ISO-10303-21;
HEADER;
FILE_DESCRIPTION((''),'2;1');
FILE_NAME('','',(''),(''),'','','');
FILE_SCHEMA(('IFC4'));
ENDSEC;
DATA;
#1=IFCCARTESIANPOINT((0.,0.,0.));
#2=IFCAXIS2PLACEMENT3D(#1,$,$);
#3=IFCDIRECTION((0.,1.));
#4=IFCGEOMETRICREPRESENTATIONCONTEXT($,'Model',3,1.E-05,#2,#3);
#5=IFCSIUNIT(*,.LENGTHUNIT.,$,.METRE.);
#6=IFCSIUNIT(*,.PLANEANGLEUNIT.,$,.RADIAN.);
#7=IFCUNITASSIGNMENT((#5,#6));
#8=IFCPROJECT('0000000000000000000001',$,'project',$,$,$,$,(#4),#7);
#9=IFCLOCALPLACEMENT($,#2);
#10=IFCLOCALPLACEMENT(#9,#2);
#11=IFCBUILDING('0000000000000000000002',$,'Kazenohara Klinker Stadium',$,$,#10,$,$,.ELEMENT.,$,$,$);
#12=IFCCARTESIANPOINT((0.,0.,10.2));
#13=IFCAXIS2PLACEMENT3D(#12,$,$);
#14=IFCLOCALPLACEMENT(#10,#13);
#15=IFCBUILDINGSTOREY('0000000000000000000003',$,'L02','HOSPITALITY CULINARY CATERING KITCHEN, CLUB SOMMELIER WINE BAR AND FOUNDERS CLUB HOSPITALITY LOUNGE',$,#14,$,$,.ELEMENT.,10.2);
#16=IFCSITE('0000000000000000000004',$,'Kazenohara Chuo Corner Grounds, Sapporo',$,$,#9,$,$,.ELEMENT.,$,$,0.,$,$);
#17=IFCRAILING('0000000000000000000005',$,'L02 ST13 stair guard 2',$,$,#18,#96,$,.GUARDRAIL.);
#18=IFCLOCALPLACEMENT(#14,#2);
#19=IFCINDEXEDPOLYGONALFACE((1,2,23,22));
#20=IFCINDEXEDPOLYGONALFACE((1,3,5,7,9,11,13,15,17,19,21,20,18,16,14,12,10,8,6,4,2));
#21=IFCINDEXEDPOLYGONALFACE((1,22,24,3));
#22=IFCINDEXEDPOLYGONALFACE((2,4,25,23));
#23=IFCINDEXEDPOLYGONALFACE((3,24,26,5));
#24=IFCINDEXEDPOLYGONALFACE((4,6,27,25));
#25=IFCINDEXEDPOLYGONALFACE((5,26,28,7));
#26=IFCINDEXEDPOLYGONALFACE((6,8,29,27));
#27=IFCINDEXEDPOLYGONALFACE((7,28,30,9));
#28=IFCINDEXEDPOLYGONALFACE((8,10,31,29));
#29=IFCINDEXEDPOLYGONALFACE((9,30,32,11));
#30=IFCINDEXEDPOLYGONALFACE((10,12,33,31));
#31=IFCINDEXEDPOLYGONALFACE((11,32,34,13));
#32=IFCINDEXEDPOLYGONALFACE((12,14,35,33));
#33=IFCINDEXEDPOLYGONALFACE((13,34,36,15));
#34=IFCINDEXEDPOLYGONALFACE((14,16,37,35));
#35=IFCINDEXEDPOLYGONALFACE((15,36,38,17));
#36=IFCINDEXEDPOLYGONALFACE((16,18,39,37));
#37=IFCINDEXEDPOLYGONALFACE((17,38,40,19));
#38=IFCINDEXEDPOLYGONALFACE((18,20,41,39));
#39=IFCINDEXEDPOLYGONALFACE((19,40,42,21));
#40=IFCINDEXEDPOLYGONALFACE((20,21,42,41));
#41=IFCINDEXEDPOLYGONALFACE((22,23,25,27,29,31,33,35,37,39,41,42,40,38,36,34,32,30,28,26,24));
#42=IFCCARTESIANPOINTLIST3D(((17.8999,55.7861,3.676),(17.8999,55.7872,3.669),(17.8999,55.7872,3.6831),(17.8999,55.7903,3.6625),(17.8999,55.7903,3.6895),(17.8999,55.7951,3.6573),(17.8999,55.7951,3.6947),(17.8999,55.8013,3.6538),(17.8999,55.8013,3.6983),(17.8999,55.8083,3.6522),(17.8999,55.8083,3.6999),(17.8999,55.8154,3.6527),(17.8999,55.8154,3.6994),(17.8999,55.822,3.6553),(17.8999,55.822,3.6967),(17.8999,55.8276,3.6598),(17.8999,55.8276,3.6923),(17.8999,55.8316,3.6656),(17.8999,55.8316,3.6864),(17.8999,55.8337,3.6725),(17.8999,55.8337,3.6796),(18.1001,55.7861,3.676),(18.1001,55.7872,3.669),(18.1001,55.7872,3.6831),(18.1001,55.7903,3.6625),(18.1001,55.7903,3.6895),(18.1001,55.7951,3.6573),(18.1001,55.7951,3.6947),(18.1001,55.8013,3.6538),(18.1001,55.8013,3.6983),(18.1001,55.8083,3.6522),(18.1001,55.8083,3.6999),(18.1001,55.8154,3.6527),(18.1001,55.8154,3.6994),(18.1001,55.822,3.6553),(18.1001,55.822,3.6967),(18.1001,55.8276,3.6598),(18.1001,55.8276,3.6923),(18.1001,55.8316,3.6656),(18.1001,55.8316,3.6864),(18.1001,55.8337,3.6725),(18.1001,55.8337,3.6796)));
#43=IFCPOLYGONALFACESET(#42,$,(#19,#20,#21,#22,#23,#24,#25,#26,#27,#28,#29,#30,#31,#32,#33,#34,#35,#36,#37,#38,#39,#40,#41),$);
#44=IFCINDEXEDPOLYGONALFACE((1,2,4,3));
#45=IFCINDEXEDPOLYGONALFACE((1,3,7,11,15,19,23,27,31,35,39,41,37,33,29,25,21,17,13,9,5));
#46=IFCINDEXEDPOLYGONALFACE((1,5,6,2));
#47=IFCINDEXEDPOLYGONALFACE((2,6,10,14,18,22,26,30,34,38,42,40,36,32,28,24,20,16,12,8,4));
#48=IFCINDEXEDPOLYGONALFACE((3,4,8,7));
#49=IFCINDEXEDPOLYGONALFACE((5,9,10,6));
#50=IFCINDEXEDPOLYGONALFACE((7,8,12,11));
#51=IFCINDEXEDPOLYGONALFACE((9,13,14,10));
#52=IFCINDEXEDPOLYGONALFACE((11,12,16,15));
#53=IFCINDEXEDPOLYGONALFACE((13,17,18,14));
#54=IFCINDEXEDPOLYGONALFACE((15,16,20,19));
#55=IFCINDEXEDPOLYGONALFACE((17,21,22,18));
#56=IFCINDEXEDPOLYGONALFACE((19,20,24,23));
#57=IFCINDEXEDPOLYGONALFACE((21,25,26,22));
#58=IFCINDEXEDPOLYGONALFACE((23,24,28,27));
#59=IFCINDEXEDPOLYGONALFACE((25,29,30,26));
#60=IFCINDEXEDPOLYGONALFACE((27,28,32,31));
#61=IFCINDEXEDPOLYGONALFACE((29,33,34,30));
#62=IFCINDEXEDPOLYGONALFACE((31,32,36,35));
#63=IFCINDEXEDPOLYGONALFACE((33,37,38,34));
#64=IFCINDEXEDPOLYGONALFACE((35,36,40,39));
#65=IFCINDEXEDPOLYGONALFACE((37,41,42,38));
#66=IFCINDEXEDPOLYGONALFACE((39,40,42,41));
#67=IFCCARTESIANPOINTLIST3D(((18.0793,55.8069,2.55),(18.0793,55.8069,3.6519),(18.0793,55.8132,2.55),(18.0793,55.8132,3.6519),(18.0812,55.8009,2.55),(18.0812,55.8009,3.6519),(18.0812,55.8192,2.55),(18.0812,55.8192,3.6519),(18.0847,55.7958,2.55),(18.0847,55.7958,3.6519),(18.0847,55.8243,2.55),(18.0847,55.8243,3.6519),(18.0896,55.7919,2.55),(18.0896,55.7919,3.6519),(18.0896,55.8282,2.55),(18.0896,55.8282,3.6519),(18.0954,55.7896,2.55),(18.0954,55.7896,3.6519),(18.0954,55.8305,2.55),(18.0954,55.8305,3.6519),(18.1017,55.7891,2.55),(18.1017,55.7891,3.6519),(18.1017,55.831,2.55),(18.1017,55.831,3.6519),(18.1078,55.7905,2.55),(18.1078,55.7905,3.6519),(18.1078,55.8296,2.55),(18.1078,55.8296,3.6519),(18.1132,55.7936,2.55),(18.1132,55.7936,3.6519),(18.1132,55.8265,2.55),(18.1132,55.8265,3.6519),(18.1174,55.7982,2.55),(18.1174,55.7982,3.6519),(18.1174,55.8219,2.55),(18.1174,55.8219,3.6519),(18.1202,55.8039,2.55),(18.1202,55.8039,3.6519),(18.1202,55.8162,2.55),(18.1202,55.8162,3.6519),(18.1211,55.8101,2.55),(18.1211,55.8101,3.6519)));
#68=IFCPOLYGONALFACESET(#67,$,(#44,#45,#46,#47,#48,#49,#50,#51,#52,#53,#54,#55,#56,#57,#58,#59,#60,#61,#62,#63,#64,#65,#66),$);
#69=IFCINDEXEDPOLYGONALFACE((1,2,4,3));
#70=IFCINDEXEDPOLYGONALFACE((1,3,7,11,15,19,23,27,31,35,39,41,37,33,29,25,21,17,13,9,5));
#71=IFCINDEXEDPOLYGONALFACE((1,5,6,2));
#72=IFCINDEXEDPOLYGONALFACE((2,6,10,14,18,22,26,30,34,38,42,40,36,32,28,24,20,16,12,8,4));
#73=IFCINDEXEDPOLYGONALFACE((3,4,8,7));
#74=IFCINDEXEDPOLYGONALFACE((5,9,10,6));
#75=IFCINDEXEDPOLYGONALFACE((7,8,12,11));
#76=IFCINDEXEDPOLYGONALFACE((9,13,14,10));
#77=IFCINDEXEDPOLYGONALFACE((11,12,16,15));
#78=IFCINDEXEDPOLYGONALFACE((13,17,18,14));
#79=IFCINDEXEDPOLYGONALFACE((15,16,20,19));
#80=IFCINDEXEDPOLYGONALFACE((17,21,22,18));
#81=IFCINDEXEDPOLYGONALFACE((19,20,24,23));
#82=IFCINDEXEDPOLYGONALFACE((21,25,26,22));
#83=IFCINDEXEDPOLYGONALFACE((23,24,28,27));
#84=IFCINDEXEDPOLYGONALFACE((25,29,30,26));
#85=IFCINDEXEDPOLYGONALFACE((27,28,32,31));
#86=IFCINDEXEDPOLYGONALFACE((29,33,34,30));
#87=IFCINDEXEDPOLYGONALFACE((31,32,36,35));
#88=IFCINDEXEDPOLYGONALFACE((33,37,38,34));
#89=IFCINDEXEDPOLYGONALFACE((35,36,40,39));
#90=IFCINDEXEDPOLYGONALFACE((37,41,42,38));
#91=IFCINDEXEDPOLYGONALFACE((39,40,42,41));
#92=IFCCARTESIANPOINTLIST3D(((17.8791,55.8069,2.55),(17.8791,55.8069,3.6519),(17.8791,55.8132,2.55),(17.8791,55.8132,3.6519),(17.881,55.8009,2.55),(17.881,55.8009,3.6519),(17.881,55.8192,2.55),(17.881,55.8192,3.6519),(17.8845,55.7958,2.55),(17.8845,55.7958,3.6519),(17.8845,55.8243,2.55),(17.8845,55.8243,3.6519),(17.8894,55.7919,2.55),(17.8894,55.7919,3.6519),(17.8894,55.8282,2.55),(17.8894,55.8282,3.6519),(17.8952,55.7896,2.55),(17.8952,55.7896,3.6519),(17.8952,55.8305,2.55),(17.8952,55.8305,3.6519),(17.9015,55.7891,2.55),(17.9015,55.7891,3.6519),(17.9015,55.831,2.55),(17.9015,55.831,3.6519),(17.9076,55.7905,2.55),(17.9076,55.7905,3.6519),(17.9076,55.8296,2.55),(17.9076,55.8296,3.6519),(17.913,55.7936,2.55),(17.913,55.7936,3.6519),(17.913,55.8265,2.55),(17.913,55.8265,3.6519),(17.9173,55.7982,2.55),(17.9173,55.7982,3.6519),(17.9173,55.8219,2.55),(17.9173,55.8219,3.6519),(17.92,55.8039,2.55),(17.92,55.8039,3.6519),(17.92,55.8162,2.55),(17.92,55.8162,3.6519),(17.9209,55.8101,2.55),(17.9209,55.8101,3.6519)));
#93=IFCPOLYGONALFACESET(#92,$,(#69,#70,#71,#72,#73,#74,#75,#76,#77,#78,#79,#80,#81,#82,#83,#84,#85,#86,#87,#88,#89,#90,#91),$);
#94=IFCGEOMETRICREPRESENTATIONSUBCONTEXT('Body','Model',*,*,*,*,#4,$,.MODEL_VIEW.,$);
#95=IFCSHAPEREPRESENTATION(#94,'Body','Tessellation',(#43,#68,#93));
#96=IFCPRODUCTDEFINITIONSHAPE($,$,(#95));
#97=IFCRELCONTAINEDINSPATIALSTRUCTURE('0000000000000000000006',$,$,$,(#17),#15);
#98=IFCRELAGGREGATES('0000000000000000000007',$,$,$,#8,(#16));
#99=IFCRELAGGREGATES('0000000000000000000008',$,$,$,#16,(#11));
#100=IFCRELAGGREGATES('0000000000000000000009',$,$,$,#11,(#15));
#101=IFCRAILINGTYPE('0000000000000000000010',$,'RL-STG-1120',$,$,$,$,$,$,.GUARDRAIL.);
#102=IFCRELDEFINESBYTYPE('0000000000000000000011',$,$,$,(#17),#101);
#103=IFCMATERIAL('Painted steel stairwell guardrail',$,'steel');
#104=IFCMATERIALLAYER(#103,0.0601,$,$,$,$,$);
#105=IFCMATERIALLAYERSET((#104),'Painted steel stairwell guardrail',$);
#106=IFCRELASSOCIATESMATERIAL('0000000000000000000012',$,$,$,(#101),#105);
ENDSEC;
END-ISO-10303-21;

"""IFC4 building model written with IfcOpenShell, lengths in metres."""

from ifc_helpers import new_model, si_unit, direction, frame, origin, origin_2d, place, context, subcontext, project, spatial, circle, extrude, material, layer, layer_set, type_object, element, save


model = new_model("IFC4")

# Units and contexts
model_context = context("Model", 3, precision=1e-05, world=origin(), true_north=direction((0.0, 1.0)))
body_context = subcontext(model_context, "Body", "Model", "MODEL_VIEW")
ifc_project = project(units=[si_unit("LENGTHUNIT", "METRE"), si_unit("PLANEANGLEUNIT", "RADIAN")], contexts=[model_context])

# Site, building, storey
site_placement = place(None, origin())
site = spatial("IfcSite", under=ifc_project, at=site_placement, Name="Kazenohara Chuo Corner Grounds, Sapporo", CompositionType="ELEMENT", RefElevation=0.0)
building_placement = place(site_placement, origin())
building = spatial("IfcBuilding", under=site, at=building_placement, Name="Kazenohara Klinker Stadium", CompositionType="ELEMENT")
storey_placement = place(building_placement, frame((0.0, 0.0, 10.2)))
storey = spatial("IfcBuildingStorey", under=building, at=storey_placement, Name="L02", Description="HOSPITALITY CULINARY CATERING KITCHEN, CLUB SOMMELIER WINE BAR AND FOUNDERS CLUB HOSPITALITY LOUNGE", CompositionType="ELEMENT", Elevation=10.2)

# Railing
ifc_material_1 = material(Name="Painted steel stairwell guardrail", Category="steel")
ifc_layer_1 = layer(ifc_material_1, 0.0601)
ifc_layer_set_1 = layer_set([ifc_layer_1], Name="Painted steel stairwell guardrail")
railing_type_1 = type_object("IfcRailingType", Name="RL-STG-1120", PredefinedType="GUARDRAIL", material=ifc_layer_set_1)
railing_1_placement = place(storey_placement, frame((18.1001, 55.8101, 2.55)))
element("IfcRailing", 1, at=railing_1_placement, inside=storey, type_object=railing_type_1, Name="L02 ST13 stair guard 2", PredefinedType="GUARDRAIL", context=body_context, shape_type="SweptSolid", body=[
    extrude(circle(Radius=0.0239, at=origin_2d()), frame((0.0, 0.0, 1.126), z_axis=(-1.0, 0.0, 0.0), x_axis=(0.0, -1.0, 0.0)), (0.0, 0.0, 1.0), 0.2002),
    extrude(circle(Radius=0.021, at=origin_2d()), origin(), (0.0, 0.0, 1.0), 1.1018),
    extrude(circle(Radius=0.021, at=origin_2d()), frame((-0.2002, 0.0, 0.0)), (0.0, 0.0, 1.0), 1.1018),
])

save(model, "model.ifc")
